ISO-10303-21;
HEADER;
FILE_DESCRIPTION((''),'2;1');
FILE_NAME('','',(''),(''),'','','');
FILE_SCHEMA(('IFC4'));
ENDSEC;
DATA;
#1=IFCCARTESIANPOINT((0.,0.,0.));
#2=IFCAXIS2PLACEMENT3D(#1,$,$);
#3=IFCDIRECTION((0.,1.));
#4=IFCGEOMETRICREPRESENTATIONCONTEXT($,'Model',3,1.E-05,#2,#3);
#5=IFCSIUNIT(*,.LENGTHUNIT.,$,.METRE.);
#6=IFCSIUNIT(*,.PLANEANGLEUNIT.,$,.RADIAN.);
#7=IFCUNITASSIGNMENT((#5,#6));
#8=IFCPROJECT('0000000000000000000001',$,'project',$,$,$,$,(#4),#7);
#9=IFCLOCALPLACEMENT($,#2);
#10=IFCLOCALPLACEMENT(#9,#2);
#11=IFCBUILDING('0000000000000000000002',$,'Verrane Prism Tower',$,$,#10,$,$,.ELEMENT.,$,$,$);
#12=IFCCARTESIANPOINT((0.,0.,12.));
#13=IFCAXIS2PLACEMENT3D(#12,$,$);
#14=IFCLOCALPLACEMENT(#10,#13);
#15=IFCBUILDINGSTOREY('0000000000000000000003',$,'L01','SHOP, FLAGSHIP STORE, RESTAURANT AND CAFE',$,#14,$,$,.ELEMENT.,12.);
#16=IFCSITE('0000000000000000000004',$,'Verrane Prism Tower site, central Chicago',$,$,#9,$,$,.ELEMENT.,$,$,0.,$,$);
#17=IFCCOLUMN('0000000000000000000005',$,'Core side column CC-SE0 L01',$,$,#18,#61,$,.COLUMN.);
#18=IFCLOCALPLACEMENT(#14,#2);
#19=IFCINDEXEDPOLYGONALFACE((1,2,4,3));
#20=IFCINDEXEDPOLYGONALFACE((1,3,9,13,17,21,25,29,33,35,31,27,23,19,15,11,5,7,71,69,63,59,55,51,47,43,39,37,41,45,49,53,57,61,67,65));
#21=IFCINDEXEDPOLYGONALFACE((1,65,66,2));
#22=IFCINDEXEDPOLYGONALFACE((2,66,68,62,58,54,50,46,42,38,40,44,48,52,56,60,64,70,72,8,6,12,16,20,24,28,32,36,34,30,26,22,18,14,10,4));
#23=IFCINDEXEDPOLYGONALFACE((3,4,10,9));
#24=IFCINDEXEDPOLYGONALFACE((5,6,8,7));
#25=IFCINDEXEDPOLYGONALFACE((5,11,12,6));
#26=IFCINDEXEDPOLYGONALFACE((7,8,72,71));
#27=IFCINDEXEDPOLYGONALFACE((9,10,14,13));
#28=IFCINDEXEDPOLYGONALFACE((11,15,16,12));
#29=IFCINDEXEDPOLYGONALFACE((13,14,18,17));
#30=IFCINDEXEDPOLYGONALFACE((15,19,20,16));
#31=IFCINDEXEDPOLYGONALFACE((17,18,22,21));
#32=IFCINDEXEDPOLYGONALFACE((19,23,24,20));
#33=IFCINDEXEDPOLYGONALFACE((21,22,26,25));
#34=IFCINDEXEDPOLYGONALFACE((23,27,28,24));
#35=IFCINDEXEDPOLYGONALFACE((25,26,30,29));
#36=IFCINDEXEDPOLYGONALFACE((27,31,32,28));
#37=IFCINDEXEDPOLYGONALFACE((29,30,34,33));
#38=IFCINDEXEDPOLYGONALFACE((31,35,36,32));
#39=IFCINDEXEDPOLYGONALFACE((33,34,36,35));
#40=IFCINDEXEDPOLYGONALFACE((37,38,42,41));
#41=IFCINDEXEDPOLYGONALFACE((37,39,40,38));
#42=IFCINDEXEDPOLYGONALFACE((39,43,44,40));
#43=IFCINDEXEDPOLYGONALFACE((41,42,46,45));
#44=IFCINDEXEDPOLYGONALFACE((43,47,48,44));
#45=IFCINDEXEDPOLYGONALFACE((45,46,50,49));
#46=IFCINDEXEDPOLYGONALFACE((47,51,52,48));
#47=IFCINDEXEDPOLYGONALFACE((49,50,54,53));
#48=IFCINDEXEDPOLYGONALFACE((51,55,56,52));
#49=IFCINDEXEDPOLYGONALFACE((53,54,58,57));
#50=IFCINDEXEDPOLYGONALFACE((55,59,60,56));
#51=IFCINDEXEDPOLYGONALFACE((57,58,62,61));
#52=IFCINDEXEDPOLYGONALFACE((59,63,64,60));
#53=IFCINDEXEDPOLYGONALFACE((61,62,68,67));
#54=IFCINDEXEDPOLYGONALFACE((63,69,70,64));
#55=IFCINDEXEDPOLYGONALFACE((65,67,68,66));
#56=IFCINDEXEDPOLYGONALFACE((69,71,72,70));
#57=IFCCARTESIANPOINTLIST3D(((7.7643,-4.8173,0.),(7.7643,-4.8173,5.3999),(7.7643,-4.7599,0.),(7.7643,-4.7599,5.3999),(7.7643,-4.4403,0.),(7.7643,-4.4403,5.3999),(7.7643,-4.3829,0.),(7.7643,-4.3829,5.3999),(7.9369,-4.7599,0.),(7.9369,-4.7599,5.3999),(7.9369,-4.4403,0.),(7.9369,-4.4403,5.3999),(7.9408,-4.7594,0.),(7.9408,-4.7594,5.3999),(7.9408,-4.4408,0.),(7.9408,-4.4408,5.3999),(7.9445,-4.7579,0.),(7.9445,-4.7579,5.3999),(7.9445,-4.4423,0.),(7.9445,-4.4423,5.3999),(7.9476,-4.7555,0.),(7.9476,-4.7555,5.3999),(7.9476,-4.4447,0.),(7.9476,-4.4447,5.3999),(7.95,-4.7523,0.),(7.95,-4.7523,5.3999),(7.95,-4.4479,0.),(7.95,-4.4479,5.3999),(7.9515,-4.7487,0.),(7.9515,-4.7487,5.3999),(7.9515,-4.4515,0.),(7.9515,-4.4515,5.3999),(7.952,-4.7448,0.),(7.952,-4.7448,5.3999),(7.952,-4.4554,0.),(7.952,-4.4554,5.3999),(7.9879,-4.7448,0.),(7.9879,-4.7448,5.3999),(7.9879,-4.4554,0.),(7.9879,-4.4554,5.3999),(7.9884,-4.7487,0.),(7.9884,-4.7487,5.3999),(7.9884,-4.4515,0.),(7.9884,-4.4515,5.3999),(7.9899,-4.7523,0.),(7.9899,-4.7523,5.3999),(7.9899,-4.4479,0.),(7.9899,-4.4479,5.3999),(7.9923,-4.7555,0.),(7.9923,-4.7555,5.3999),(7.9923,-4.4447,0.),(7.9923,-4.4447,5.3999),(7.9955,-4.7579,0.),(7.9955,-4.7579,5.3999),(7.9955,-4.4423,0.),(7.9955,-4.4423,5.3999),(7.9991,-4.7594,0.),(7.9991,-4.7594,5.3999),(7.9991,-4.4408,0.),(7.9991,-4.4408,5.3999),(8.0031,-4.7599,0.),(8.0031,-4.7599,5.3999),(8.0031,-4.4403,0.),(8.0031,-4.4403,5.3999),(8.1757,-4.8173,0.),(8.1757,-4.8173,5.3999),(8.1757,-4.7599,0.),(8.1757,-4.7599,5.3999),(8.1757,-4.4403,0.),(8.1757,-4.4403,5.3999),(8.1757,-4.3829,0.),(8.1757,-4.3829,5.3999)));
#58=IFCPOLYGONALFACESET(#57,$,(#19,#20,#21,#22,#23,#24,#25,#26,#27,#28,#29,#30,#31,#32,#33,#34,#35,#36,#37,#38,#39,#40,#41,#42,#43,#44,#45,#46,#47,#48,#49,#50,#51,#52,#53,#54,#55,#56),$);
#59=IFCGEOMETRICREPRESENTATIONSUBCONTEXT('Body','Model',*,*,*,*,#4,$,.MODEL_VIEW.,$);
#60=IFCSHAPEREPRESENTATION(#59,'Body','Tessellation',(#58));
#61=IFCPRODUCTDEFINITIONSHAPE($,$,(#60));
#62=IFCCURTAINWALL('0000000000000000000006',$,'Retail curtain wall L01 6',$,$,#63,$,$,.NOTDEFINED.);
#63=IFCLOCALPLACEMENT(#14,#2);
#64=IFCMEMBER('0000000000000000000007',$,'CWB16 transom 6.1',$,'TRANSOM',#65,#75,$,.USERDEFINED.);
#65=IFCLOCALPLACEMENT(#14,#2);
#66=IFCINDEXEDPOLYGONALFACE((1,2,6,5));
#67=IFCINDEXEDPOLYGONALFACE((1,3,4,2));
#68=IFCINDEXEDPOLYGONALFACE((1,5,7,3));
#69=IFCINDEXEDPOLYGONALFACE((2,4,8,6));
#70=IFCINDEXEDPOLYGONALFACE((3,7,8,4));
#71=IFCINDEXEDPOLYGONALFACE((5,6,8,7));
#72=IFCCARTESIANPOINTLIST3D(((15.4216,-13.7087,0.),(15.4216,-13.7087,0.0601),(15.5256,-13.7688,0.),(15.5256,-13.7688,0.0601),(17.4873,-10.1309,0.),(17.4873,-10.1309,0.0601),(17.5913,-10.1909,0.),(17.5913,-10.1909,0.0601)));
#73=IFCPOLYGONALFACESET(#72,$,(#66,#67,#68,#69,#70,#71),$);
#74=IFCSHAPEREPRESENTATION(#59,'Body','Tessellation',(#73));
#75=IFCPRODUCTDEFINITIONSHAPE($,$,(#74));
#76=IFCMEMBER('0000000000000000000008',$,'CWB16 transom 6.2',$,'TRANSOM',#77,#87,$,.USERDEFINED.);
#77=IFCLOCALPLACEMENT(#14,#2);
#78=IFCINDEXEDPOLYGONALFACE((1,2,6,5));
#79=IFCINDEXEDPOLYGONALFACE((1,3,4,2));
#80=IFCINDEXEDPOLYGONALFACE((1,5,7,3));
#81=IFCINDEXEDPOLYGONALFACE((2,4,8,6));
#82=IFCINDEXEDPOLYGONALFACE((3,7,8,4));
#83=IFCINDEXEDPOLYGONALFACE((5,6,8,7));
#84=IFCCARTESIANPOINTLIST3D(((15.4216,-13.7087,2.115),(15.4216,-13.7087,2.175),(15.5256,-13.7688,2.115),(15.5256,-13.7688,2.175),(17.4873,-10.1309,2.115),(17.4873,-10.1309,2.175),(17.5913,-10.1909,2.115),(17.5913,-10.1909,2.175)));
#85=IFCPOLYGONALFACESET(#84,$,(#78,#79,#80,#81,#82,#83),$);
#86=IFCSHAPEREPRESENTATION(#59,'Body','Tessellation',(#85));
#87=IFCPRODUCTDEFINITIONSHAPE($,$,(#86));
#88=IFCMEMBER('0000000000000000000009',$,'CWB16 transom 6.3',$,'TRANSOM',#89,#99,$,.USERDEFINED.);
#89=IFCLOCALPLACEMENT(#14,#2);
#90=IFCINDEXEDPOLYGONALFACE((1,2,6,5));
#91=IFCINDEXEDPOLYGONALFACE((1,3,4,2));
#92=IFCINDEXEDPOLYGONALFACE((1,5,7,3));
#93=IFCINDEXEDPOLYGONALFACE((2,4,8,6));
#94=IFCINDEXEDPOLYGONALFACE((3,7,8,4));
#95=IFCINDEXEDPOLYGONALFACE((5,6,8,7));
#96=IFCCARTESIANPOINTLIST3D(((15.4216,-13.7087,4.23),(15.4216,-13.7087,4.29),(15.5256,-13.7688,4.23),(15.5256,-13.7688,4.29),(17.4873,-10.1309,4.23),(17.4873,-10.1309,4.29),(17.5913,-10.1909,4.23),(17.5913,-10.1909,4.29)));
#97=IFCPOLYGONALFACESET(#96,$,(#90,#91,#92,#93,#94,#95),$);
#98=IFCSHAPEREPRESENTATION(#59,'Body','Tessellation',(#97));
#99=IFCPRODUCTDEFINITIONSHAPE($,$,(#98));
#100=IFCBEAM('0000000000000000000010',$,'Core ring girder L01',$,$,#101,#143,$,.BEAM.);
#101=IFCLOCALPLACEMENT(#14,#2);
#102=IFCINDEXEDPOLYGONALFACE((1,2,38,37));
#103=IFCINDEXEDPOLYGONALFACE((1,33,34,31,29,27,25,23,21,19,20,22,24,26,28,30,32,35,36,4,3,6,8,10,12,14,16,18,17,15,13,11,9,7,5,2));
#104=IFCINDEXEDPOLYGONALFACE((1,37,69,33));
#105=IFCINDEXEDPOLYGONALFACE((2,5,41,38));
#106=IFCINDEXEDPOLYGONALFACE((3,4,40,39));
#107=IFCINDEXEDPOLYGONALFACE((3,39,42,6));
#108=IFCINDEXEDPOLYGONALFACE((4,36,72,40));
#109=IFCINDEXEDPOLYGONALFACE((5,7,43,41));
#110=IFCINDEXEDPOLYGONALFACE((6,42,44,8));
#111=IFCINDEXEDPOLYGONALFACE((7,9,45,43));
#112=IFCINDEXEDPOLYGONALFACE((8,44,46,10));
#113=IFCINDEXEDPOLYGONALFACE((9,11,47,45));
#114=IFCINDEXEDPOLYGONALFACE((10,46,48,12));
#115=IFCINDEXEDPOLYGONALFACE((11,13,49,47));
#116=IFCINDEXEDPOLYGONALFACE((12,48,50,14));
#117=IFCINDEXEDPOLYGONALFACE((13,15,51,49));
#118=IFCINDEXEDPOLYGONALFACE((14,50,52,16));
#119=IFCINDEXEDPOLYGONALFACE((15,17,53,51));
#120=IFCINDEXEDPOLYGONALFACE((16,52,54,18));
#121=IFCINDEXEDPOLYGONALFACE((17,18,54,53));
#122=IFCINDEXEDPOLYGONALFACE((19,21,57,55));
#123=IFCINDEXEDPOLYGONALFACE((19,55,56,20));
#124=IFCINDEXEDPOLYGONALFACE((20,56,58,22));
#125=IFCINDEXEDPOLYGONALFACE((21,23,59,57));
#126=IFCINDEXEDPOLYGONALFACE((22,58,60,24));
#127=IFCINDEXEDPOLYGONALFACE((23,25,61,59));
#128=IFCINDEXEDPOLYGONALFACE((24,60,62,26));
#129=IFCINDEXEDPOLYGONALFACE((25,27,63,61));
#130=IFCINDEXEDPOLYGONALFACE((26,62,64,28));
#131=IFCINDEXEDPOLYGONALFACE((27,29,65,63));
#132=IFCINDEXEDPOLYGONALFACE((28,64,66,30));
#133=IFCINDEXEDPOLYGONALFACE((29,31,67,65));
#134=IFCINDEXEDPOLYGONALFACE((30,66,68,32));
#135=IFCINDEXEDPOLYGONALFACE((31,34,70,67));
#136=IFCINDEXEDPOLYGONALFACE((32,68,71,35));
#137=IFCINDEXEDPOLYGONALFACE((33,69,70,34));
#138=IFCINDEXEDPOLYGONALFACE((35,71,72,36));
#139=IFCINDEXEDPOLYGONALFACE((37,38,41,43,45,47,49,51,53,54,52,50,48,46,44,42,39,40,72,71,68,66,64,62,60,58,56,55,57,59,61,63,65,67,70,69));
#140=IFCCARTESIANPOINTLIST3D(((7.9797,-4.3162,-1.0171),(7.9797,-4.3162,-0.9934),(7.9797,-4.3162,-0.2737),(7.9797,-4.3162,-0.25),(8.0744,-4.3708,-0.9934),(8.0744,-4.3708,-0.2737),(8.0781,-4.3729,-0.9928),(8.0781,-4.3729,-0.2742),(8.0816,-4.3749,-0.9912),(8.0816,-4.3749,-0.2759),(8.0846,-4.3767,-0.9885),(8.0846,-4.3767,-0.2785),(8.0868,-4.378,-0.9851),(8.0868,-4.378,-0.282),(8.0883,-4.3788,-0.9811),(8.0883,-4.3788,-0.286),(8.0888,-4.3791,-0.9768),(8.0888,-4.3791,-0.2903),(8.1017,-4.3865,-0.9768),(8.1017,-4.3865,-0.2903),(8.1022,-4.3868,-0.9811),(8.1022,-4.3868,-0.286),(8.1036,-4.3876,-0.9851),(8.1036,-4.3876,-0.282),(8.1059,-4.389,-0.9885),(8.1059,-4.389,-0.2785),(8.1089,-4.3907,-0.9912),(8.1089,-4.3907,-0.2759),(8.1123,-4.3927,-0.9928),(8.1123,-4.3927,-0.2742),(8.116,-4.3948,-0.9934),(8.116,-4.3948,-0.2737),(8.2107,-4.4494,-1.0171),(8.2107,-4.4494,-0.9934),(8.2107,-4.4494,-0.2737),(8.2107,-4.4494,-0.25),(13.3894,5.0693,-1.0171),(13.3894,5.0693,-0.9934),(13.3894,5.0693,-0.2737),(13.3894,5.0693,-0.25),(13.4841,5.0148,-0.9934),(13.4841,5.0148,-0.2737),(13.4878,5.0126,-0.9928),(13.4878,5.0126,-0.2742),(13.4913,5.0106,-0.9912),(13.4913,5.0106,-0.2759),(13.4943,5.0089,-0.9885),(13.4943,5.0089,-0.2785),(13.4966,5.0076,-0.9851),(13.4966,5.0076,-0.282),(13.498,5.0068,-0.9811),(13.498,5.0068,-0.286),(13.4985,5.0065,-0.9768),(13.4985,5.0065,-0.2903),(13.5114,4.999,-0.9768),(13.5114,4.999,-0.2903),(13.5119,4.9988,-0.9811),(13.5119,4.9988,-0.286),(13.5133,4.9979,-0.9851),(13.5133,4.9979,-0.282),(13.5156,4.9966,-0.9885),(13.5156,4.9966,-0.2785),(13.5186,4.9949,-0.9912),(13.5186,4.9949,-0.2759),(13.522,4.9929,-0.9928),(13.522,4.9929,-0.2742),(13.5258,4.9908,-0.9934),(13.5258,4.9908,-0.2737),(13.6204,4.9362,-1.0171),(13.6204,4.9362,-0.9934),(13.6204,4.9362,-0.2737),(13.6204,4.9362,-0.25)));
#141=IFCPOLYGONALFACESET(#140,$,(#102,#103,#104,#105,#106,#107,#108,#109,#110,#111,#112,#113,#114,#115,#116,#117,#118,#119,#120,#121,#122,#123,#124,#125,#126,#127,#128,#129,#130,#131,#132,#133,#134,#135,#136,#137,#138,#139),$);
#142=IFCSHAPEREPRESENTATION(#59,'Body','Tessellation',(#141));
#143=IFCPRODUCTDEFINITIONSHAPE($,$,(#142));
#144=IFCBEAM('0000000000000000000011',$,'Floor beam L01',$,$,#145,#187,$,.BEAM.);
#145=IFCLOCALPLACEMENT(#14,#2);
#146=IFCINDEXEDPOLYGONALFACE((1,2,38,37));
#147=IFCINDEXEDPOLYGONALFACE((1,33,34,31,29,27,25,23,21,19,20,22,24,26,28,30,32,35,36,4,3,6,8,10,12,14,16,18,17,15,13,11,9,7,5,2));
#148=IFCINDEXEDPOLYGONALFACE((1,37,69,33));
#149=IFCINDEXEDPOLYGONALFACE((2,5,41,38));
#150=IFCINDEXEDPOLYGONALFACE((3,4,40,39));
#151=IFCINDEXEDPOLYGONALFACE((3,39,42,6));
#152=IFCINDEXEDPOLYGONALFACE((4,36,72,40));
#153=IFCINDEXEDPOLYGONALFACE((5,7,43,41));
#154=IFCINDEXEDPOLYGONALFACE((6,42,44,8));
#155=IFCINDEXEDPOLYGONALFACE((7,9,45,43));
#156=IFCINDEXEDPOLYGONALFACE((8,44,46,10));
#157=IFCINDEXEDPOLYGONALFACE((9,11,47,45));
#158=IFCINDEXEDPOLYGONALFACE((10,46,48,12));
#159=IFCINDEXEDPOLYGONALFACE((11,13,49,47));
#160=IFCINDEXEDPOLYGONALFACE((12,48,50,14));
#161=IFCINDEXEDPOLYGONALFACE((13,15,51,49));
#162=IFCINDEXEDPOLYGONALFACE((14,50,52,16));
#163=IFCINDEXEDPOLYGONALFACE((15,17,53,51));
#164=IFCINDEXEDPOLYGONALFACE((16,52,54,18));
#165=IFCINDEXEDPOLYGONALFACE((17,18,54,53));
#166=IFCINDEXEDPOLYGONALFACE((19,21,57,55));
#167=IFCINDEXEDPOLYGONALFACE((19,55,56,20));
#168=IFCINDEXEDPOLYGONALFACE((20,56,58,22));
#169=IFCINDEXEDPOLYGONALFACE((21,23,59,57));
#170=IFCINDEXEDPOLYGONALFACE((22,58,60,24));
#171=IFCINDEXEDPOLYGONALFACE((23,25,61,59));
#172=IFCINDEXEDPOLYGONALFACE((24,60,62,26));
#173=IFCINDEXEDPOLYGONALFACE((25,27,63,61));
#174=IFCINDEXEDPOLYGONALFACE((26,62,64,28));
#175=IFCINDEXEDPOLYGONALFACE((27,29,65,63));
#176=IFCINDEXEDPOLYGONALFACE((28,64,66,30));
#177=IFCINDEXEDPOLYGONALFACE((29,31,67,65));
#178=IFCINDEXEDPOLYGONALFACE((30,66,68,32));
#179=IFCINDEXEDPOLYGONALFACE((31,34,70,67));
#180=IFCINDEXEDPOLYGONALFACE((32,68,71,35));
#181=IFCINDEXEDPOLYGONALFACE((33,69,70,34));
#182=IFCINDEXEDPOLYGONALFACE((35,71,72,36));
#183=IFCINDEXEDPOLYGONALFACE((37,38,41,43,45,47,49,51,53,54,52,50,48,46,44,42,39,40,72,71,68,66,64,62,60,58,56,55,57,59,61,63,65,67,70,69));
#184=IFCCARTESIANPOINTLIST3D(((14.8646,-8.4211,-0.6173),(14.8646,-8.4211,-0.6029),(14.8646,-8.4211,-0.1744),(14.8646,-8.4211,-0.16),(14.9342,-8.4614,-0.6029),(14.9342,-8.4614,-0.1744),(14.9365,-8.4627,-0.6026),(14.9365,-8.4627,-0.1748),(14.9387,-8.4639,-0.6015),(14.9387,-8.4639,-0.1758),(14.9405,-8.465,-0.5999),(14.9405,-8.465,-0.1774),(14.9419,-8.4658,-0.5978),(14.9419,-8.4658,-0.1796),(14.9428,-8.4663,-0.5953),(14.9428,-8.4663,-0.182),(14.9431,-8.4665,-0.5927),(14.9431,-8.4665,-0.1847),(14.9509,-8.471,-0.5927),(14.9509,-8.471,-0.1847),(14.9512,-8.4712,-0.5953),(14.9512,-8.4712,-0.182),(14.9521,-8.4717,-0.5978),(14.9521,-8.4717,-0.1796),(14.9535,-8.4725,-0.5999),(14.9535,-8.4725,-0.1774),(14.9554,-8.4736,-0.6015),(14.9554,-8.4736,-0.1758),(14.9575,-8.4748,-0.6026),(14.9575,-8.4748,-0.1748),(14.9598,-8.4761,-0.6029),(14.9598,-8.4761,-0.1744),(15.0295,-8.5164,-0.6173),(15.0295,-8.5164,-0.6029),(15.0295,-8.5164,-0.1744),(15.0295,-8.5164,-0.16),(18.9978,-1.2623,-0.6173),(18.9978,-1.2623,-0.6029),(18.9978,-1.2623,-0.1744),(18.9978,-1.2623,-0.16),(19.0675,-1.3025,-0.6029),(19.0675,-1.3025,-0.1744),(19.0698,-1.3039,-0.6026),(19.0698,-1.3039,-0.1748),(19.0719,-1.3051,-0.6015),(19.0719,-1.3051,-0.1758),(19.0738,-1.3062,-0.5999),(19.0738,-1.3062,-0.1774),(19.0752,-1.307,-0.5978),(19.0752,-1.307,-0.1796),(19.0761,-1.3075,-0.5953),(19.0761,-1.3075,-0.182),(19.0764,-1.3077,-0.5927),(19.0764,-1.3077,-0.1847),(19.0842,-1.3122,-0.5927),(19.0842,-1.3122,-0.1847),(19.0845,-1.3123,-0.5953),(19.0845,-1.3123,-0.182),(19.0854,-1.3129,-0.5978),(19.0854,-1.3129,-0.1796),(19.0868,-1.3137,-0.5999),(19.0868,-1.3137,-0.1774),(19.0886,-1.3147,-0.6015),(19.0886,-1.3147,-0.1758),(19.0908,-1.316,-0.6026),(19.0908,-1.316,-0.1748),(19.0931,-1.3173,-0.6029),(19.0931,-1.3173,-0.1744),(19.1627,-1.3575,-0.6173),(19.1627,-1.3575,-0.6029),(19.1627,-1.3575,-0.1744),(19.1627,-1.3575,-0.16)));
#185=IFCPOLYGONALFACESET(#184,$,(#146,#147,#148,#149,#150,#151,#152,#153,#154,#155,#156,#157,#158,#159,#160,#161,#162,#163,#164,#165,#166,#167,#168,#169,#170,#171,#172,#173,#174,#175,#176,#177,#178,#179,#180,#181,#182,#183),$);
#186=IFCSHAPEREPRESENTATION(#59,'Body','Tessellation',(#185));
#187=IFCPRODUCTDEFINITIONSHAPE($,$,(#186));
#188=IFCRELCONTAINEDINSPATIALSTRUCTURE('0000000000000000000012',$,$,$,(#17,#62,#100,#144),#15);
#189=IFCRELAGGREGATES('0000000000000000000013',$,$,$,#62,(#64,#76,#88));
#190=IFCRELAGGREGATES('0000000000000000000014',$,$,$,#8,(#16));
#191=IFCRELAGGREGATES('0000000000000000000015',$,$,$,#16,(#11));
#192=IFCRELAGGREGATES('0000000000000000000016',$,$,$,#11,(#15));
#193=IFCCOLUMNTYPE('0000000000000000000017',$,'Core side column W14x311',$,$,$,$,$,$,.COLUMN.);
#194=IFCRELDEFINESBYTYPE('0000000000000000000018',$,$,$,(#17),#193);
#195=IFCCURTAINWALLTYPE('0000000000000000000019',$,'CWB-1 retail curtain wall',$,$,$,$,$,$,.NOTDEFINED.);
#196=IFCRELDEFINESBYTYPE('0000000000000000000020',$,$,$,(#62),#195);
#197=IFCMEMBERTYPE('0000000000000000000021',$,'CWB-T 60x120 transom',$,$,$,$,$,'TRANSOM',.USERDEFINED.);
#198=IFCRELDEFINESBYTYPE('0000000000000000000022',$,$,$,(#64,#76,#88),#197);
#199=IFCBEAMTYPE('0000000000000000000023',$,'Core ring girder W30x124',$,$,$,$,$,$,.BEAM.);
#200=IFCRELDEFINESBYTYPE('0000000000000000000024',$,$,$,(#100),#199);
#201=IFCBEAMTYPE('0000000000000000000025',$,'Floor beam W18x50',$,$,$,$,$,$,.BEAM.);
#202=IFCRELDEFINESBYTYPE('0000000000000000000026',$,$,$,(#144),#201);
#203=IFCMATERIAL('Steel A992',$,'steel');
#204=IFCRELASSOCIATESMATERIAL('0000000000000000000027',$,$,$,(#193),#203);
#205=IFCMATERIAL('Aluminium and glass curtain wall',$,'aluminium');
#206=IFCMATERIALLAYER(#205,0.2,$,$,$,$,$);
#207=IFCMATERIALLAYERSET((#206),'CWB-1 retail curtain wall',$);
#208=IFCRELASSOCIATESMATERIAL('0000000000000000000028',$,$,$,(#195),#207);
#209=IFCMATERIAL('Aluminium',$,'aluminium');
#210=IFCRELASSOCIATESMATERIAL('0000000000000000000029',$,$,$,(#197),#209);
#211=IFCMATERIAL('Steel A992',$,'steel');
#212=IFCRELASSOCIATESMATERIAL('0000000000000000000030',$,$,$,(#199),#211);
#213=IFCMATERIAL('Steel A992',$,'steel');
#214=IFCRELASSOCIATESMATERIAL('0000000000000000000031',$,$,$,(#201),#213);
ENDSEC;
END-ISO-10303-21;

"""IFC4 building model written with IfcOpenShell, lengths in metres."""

from ifc_helpers import new_model, si_unit, direction, frame, origin, origin_2d, place, context, subcontext, project, spatial, rectangle, i_section, extrude, material, layer, layer_set, material_profile, profile_set, type_object, element, aggregate, save


model = new_model("IFC4")

# Units and contexts
model_context = context("Model", 3, precision=1e-05, world=origin(), true_north=direction((0.0, 1.0)))
body_context = subcontext(model_context, "Body", "Model", "MODEL_VIEW")
ifc_project = project(units=[si_unit("LENGTHUNIT", "METRE"), si_unit("PLANEANGLEUNIT", "RADIAN")], contexts=[model_context])

# Site, building, storey
site_placement = place(None, origin())
site = spatial("IfcSite", under=ifc_project, at=site_placement, Name="Verrane Prism Tower site, central Chicago", CompositionType="ELEMENT", RefElevation=0.0)
building_placement = place(site_placement, origin())
building = spatial("IfcBuilding", under=site, at=building_placement, Name="Verrane Prism Tower", CompositionType="ELEMENT")
storey_placement = place(building_placement, frame((0.0, 0.0, 12.0)))
storey = spatial("IfcBuildingStorey", under=building, at=storey_placement, Name="L01", Description="SHOP, FLAGSHIP STORE, RESTAURANT AND CAFE", CompositionType="ELEMENT", Elevation=12.0)

# Column
ifc_material_1 = material(Name="Steel A992", Category="steel")
ifc_material_profile_1 = material_profile(ifc_material_1, i_section(OverallWidth=0.4114, OverallDepth=0.4343, WebThickness=0.0359, FlangeThickness=0.0574, FilletRadius=0.0151, at=origin_2d()), Name="W14x311")
ifc_profile_set_1 = profile_set([ifc_material_profile_1], Name="Steel A992")
column_type = type_object("IfcColumnType", Name="Core side column W14x311", PredefinedType="COLUMN", material=ifc_profile_set_1)
column_placement = place(storey_placement, frame((7.97, -4.6001, 0.0), z_axis=(0.0, 0.0, 1.0), x_axis=(1.0, 0.0, 0.0)))
element("IfcColumn", 1, at=column_placement, inside=storey, type_object=column_type, Name="Core side column CC-SE0 L01", PredefinedType="COLUMN", context=body_context, shape_type="SweptSolid", body=[
    extrude(i_section(OverallWidth=0.4114, OverallDepth=0.4343, WebThickness=0.0359, FlangeThickness=0.0574, FilletRadius=0.0151, at=origin_2d()), origin(), (0.0, 0.0, 1.0), 5.3999),
])

# Curtain wall, members
ifc_material_2 = material(Name="Aluminium and glass curtain wall", Category="aluminium")
ifc_layer_1 = layer(ifc_material_2, 0.2)
ifc_layer_set_1 = layer_set([ifc_layer_1], Name="CWB-1 retail curtain wall")
curtain_wall_type = type_object("IfcCurtainWallType", Name="CWB-1 retail curtain wall", PredefinedType="NOTDEFINED", material=ifc_layer_set_1)
curtain_wall_placement = place(storey_placement, origin())
curtain_wall = element("IfcCurtainWall", 2, at=curtain_wall_placement, inside=storey, type_object=curtain_wall_type, Name="Retail curtain wall L01 6", PredefinedType="NOTDEFINED")
ifc_material_3 = material(Name="Aluminium", Category="aluminium")
ifc_material_profile_2 = material_profile(ifc_material_3, rectangle(XDim=0.1201, YDim=0.0601, at=origin_2d()), Name="CWB-T 60x120 transom")
ifc_profile_set_2 = profile_set([ifc_material_profile_2], Name="Aluminium")
member_type = type_object("IfcMemberType", Name="CWB-T 60x120 transom", ElementType="TRANSOM", PredefinedType="USERDEFINED", material=ifc_profile_set_2)
member_1_placement = place(storey_placement, frame((15.4736, -13.7388, 0.03), z_axis=(0.499997, 0.866027, 0.0), x_axis=(-0.866027, 0.499997, 0.0)))
member_1 = element("IfcMember", 3, at=member_1_placement, type_object=member_type, Name="CWB16 transom 6.1", ObjectType="TRANSOM", PredefinedType="USERDEFINED", context=body_context, shape_type="SweptSolid", body=[
    extrude(rectangle(XDim=0.1201, YDim=0.0601, at=origin_2d()), origin(), (0.0, 0.0, 1.0), 4.1313),
])
member_2_placement = place(storey_placement, frame((15.4736, -13.7388, 2.145), z_axis=(0.499997, 0.866027, 0.0), x_axis=(-0.866027, 0.499997, 0.0)))
member_2 = element("IfcMember", 4, at=member_2_placement, type_object=member_type, Name="CWB16 transom 6.2", ObjectType="TRANSOM", PredefinedType="USERDEFINED", context=body_context, shape_type="SweptSolid", body=[
    extrude(rectangle(XDim=0.1201, YDim=0.0601, at=origin_2d()), origin(), (0.0, 0.0, 1.0), 4.1313),
])
member_3_placement = place(storey_placement, frame((15.4736, -13.7388, 4.26), z_axis=(0.499997, 0.866027, 0.0), x_axis=(-0.866027, 0.499997, 0.0)))
member_3 = element("IfcMember", 5, at=member_3_placement, type_object=member_type, Name="CWB16 transom 6.3", ObjectType="TRANSOM", PredefinedType="USERDEFINED", context=body_context, shape_type="SweptSolid", body=[
    extrude(rectangle(XDim=0.1201, YDim=0.0601, at=origin_2d()), origin(), (0.0, 0.0, 1.0), 4.1313),
])
aggregate(curtain_wall, [member_1, member_2, member_3])

# Beams
ifc_material_4 = material(Name="Steel A992", Category="steel")
ifc_material_profile_3 = material_profile(ifc_material_4, i_section(OverallWidth=0.2666, OverallDepth=0.7671, WebThickness=0.0149, FlangeThickness=0.0237, FilletRadius=0.0166, at=origin_2d()), Name="W30x124")
ifc_profile_set_3 = profile_set([ifc_material_profile_3], Name="Steel A992")
beam_type_1 = type_object("IfcBeamType", Name="Core ring girder W30x124", PredefinedType="BEAM", material=ifc_profile_set_3)
beam_1_placement = place(storey_placement, frame((8.0952, -4.3828, -0.6335), z_axis=(0.499373, 0.866387, 0.0), x_axis=(-0.866387, 0.499373, 0.0)))
element("IfcBeam", 6, at=beam_1_placement, inside=storey, type_object=beam_type_1, Name="Core ring girder L01", PredefinedType="BEAM", context=body_context, shape_type="SweptSolid", body=[
    extrude(i_section(OverallWidth=0.2666, OverallDepth=0.7671, WebThickness=0.0149, FlangeThickness=0.0237, FilletRadius=0.0166, at=origin_2d()), origin(), (0.0, 0.0, 1.0), 10.833),
])
ifc_material_5 = material(Name="Steel A992", Category="steel")
ifc_material_profile_4 = material_profile(ifc_material_5, i_section(OverallWidth=0.1904, OverallDepth=0.4573, WebThickness=0.009, FlangeThickness=0.0144, FilletRadius=0.0103, at=origin_2d()), Name="W18x50")
ifc_profile_set_4 = profile_set([ifc_material_profile_4], Name="Steel A992")
beam_type_2 = type_object("IfcBeamType", Name="Floor beam W18x50", PredefinedType="BEAM", material=ifc_profile_set_4)
beam_2_placement = place(storey_placement, frame((14.947, -8.4688, -0.3887), z_axis=(0.500008, 0.866021, 0.0), x_axis=(-0.866021, 0.500008, 0.0)))
element("IfcBeam", 7, at=beam_2_placement, inside=storey, type_object=beam_type_2, Name="Floor beam L01", PredefinedType="BEAM", context=body_context, shape_type="SweptSolid", body=[
    extrude(i_section(OverallWidth=0.1904, OverallDepth=0.4573, WebThickness=0.009, FlangeThickness=0.0144, FilletRadius=0.0103, at=origin_2d()), origin(), (0.0, 0.0, 1.0), 8.2664),
])

save(model, "model.ifc")
